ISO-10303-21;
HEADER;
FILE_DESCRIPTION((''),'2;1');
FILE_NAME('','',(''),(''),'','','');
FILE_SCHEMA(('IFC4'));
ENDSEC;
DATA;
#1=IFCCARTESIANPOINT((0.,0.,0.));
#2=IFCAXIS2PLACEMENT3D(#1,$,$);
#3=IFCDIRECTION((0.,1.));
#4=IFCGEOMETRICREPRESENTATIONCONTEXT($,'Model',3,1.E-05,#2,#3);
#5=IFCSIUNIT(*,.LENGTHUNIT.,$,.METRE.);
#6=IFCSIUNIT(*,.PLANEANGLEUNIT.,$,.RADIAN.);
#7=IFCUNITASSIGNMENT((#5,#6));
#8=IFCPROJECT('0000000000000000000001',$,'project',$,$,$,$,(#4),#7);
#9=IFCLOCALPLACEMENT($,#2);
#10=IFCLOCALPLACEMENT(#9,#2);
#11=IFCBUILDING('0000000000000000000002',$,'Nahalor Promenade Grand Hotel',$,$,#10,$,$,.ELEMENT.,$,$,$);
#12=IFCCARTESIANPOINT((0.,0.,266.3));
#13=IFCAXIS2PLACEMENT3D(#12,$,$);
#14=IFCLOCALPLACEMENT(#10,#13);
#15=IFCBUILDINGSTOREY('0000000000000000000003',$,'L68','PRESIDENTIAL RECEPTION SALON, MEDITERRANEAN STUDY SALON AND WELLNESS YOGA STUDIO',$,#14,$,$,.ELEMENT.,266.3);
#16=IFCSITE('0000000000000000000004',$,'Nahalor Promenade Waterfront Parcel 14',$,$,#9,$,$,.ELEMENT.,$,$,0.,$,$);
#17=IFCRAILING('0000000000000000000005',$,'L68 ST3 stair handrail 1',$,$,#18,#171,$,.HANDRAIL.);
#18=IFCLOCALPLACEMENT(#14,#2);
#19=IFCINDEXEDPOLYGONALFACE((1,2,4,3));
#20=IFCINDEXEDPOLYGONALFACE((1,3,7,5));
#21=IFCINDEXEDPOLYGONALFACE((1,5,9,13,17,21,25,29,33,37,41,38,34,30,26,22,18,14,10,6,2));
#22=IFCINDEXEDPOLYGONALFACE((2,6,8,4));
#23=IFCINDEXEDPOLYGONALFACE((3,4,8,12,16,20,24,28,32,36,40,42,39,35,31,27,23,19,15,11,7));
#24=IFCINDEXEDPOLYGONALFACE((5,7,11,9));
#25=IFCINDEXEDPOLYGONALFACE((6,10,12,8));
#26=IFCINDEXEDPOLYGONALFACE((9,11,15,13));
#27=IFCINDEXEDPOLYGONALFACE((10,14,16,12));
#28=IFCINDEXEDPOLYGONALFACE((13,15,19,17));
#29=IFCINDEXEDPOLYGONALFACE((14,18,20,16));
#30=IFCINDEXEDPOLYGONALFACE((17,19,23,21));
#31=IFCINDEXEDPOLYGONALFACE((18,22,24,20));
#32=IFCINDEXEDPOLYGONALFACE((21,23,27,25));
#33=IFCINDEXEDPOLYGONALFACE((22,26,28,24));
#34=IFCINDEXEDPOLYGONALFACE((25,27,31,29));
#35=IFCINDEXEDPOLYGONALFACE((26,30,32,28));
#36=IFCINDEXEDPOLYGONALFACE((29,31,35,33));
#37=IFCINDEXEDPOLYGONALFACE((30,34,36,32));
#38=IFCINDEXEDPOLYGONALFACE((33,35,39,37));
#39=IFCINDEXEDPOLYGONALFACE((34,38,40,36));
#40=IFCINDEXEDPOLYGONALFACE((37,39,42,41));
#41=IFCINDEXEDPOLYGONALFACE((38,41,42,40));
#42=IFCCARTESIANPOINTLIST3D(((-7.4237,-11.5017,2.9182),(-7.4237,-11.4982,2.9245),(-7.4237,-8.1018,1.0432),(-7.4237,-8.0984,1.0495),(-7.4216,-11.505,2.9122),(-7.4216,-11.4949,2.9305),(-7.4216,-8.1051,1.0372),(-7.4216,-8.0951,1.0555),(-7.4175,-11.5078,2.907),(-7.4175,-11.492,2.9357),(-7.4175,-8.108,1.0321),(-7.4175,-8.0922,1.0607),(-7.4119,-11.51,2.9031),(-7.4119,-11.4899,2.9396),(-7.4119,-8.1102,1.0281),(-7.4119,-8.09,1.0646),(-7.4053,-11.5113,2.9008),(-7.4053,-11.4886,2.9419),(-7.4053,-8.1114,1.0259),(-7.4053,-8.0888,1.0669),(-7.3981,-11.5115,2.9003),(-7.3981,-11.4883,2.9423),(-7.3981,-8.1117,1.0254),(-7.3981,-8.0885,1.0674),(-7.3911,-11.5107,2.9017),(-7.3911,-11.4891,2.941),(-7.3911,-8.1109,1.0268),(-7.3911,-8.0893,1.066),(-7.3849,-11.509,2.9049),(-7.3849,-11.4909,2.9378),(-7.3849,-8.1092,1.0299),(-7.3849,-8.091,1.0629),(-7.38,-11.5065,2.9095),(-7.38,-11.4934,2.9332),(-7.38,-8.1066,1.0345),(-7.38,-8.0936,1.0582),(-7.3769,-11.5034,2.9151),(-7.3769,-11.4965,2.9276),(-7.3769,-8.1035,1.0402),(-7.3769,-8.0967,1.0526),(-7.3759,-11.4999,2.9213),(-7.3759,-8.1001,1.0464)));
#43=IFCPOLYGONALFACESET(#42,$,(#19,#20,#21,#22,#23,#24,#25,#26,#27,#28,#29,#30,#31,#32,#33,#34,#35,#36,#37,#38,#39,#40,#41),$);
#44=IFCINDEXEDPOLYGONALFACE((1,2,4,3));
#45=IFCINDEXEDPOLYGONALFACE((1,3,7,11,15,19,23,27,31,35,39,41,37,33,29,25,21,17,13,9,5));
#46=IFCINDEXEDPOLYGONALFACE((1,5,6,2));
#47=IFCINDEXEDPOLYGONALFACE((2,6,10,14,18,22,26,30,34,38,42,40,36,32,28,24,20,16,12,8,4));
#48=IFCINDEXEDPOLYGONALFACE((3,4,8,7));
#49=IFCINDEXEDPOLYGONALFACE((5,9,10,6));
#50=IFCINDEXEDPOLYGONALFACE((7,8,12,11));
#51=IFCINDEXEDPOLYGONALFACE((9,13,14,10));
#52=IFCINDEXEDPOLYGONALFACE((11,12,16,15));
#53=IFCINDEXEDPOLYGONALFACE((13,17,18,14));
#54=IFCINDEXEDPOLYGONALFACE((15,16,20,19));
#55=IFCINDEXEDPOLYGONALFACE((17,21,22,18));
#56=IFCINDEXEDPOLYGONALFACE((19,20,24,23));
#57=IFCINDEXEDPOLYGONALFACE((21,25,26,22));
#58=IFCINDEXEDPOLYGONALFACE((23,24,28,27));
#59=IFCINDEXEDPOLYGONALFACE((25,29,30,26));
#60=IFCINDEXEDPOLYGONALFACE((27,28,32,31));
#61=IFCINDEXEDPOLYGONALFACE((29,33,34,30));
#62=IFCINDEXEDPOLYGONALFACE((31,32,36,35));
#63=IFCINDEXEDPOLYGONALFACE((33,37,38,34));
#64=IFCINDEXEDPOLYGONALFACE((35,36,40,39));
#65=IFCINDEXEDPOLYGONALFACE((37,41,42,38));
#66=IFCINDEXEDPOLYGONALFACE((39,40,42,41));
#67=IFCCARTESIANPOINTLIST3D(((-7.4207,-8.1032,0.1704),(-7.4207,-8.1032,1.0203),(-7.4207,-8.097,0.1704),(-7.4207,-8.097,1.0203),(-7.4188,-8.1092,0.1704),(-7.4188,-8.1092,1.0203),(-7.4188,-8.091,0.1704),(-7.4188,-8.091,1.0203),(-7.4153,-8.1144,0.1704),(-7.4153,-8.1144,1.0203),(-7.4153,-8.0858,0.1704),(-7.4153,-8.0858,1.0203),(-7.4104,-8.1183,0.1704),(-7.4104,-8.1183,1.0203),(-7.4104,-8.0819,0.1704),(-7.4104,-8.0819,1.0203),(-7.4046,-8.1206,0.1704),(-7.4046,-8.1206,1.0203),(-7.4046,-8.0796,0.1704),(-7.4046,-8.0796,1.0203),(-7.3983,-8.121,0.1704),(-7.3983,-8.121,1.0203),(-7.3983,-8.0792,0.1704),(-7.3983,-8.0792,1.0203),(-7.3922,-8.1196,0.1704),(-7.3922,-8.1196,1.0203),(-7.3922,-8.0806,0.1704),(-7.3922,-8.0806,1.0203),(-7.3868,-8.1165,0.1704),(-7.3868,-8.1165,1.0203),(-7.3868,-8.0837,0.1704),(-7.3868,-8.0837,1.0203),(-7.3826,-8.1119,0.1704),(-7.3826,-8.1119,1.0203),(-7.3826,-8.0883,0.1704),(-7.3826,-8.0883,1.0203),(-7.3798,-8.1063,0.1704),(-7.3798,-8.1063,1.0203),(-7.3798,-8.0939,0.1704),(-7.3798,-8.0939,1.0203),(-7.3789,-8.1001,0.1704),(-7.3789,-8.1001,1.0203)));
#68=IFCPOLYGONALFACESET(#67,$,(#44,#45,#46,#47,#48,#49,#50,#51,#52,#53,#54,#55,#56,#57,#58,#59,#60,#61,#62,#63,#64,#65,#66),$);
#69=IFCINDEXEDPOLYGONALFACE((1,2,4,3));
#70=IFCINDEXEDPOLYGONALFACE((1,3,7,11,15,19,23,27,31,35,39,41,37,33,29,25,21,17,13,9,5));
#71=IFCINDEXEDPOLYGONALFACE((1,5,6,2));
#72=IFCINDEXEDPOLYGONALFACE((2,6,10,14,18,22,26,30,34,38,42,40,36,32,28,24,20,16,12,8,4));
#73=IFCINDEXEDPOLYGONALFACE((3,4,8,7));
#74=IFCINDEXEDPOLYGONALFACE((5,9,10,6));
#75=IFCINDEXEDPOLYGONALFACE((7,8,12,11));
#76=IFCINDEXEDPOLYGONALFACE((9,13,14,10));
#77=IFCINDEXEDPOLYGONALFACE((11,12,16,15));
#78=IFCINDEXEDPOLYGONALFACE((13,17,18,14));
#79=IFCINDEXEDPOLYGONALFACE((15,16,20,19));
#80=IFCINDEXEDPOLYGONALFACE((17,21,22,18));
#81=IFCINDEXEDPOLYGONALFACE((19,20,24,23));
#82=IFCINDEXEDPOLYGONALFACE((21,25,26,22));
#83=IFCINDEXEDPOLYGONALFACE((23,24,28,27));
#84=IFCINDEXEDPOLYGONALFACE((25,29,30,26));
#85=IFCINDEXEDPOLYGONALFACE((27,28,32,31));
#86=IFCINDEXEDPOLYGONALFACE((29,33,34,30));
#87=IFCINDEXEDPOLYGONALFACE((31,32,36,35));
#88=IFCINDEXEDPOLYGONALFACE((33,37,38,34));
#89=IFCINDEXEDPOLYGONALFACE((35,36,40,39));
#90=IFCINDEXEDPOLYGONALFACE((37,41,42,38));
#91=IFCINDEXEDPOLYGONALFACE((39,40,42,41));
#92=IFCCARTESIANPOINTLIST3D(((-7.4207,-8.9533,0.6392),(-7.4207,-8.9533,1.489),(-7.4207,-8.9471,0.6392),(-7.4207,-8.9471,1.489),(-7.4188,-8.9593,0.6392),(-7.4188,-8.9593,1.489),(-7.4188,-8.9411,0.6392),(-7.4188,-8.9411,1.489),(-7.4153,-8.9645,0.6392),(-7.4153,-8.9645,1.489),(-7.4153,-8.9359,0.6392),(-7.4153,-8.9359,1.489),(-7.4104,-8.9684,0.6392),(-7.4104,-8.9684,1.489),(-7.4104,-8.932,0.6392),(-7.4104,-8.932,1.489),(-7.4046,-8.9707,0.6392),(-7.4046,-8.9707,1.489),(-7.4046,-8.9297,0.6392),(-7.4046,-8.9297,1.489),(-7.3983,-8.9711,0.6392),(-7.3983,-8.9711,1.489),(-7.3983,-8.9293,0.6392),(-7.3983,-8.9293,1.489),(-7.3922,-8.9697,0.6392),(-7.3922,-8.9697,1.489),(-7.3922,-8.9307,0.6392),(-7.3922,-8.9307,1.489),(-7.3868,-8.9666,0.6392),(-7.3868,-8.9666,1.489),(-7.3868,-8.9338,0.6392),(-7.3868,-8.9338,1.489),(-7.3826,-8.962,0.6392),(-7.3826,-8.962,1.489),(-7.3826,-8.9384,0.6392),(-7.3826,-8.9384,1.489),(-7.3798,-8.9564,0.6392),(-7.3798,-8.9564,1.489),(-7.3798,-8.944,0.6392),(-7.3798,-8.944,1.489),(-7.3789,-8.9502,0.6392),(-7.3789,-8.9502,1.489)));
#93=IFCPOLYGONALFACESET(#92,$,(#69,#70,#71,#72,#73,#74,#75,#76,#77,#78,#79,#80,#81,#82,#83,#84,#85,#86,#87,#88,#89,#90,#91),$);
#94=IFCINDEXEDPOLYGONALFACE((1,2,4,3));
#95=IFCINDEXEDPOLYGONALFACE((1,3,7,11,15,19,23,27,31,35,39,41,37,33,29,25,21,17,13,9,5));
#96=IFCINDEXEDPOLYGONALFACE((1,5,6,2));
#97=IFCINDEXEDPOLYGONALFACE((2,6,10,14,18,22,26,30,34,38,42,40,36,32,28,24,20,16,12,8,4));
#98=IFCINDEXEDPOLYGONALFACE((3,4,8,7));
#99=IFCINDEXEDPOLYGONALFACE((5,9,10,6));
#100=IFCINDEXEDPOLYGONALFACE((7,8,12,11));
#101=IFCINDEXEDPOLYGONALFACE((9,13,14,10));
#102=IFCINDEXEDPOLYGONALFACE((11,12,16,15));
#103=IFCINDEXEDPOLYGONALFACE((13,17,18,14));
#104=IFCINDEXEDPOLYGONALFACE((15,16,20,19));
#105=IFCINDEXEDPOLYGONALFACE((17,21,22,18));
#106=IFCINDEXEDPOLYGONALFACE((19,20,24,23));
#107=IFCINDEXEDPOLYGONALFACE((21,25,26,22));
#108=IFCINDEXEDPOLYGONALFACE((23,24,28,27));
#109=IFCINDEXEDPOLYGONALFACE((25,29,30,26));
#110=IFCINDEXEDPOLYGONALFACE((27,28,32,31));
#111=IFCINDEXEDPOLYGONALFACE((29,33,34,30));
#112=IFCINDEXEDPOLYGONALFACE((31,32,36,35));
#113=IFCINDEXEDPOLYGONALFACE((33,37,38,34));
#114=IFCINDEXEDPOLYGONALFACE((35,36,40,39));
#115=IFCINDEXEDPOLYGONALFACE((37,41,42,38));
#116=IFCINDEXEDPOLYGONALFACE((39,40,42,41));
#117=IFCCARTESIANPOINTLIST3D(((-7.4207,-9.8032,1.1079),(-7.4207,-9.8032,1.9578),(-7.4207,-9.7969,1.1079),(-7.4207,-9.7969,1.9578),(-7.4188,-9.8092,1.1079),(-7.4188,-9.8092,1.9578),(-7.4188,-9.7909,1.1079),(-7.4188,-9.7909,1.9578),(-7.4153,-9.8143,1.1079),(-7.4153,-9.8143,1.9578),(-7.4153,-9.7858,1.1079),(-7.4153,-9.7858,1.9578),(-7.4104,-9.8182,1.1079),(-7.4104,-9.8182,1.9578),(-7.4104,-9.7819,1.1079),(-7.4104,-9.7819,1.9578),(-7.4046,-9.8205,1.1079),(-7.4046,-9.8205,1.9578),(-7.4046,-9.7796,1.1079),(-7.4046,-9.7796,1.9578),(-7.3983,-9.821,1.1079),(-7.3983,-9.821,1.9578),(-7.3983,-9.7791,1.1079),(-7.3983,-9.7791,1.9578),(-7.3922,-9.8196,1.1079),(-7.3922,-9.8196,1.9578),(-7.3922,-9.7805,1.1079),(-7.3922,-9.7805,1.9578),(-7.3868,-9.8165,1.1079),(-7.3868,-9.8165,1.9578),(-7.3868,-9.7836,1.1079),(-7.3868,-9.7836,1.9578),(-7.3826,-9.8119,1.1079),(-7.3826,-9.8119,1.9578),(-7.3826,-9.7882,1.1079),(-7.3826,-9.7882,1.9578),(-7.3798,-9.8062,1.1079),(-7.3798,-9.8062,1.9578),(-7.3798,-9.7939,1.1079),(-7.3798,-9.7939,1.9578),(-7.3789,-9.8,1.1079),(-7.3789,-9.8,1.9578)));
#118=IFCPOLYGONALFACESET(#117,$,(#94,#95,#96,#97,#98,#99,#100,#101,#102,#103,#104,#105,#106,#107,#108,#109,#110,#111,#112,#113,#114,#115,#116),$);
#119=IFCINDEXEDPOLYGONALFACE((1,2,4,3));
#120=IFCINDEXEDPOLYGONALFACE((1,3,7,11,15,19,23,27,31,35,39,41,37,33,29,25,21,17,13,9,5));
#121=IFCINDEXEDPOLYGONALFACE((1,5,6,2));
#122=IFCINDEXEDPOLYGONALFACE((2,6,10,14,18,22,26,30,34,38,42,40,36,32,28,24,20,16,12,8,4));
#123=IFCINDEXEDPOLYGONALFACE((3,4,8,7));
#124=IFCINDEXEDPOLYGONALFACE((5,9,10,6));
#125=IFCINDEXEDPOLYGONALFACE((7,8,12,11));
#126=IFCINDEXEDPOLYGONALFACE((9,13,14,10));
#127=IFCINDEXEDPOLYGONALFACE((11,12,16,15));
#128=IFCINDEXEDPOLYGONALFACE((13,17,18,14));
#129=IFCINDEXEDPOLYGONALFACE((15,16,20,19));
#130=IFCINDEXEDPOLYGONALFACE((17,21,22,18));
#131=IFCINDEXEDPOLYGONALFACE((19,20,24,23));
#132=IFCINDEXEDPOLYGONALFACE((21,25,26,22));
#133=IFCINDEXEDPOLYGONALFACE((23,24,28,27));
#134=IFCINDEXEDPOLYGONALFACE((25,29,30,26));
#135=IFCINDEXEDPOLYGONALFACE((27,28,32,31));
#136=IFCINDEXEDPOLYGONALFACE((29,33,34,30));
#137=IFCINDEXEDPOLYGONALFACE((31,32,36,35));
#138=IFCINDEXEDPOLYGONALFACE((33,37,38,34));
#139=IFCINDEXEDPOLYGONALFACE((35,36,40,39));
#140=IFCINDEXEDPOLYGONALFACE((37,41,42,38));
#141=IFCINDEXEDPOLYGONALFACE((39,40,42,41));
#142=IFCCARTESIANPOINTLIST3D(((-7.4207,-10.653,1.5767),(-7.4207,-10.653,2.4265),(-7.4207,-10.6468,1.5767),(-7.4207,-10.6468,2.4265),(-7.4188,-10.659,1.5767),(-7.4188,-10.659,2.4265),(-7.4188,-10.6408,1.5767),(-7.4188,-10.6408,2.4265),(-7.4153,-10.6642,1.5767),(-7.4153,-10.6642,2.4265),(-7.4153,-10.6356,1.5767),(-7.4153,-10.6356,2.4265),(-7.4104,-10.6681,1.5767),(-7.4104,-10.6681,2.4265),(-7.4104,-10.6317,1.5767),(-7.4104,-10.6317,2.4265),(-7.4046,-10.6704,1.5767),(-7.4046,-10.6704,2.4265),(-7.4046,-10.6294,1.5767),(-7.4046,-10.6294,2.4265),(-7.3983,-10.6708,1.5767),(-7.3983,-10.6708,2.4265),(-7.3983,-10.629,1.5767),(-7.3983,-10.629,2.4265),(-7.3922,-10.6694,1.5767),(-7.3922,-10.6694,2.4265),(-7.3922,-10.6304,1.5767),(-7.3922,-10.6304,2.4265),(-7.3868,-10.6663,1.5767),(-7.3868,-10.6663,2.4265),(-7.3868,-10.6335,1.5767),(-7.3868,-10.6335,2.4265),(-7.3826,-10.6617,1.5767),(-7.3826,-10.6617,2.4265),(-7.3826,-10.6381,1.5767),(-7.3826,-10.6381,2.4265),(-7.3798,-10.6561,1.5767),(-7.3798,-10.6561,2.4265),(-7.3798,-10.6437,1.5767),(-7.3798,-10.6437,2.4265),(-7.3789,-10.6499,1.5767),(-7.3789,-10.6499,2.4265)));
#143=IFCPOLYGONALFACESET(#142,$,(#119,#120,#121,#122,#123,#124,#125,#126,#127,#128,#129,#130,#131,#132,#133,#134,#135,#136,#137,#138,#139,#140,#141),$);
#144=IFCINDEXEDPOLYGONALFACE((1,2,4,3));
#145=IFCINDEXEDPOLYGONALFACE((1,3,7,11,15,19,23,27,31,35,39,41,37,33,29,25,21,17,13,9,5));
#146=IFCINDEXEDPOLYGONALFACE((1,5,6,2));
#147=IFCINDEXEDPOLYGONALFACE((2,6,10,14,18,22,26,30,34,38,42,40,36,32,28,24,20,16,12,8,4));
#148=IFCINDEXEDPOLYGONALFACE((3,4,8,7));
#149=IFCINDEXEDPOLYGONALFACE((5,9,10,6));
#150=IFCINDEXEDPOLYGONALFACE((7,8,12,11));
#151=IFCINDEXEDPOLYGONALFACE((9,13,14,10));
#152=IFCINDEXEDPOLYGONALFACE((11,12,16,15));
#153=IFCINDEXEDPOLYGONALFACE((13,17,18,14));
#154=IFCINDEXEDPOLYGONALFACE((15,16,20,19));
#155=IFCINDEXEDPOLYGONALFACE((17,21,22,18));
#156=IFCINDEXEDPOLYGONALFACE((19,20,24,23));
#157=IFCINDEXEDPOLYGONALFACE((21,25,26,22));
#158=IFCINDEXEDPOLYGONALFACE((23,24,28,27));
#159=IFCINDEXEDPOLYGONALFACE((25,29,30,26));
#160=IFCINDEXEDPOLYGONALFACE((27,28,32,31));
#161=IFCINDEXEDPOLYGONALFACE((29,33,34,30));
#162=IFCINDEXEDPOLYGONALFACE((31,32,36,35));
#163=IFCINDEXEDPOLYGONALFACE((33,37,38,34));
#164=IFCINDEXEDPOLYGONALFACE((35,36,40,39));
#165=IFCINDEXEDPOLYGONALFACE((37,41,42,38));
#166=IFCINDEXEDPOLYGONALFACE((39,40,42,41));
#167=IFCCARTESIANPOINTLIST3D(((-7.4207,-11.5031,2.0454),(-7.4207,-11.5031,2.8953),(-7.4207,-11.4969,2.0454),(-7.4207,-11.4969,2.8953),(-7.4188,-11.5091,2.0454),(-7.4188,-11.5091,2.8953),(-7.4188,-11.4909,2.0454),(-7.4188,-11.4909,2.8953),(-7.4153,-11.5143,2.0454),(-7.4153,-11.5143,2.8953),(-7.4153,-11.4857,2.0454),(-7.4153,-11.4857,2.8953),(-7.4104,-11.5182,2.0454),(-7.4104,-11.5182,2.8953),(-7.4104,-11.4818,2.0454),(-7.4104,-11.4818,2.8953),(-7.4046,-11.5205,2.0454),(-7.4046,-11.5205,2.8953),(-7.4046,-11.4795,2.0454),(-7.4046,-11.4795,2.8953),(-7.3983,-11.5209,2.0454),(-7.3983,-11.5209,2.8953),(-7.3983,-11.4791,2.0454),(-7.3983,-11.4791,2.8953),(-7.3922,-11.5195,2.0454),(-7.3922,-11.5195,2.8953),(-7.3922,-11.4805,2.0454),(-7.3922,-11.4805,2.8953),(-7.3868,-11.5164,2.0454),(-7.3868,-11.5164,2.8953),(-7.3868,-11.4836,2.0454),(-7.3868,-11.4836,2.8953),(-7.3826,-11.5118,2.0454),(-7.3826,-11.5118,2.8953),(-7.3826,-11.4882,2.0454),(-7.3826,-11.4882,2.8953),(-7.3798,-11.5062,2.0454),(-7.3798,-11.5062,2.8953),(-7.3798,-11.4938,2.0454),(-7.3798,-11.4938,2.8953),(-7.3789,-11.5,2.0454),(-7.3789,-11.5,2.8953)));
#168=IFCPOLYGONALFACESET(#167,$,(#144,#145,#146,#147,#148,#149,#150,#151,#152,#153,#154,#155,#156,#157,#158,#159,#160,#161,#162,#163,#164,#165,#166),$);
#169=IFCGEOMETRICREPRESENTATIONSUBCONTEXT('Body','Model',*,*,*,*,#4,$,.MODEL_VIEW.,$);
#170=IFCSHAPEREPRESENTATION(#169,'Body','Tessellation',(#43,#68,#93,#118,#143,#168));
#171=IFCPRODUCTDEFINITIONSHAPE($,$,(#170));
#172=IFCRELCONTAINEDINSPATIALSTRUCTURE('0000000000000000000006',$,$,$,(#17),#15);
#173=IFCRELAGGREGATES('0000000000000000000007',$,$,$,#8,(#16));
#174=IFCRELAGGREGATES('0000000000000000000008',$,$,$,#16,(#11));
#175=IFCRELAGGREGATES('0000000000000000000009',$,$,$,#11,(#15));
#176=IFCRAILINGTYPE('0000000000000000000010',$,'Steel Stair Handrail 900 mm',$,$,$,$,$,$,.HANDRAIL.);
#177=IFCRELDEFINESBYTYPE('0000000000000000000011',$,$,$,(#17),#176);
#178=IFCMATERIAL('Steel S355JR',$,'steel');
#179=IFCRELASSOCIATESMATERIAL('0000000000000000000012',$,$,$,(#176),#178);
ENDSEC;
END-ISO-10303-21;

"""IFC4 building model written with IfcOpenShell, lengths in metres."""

from ifc_helpers import new_model, si_unit, direction, frame, origin, origin_2d, place, context, subcontext, project, spatial, circle, extrude, material, type_object, element, save


model = new_model("IFC4")

# Units and contexts
model_context = context("Model", 3, precision=1e-05, world=origin(), true_north=direction((0.0, 1.0)))
body_context = subcontext(model_context, "Body", "Model", "MODEL_VIEW")
ifc_project = project(units=[si_unit("LENGTHUNIT", "METRE"), si_unit("PLANEANGLEUNIT", "RADIAN")], contexts=[model_context])

# Site, building, storey
site_placement = place(None, origin())
site = spatial("IfcSite", under=ifc_project, at=site_placement, Name="Nahalor Promenade Waterfront Parcel 14", CompositionType="ELEMENT", RefElevation=0.0)
building_placement = place(site_placement, origin())
building = spatial("IfcBuilding", under=site, at=building_placement, Name="Nahalor Promenade Grand Hotel", CompositionType="ELEMENT")
storey_placement = place(building_placement, frame((0.0, 0.0, 266.3)))
storey = spatial("IfcBuildingStorey", under=building, at=storey_placement, Name="L68", Description="PRESIDENTIAL RECEPTION SALON, MEDITERRANEAN STUDY SALON AND WELLNESS YOGA STUDIO", CompositionType="ELEMENT", Elevation=266.3)

# Shared definitions
ifc_material_1 = material(Name="Steel S355JR", Category="steel")

# Railing
railing_type_1 = type_object("IfcRailingType", Name="Steel Stair Handrail 900 mm", PredefinedType="HANDRAIL", material=ifc_material_1)
railing_1_placement = place(storey_placement, frame((-7.3999, -8.1001, 0.1704)))
element("IfcRailing", 1, at=railing_1_placement, inside=storey, type_object=railing_type_1, Name="L68 ST3 stair handrail 1", PredefinedType="HANDRAIL", context=body_context, shape_type="SweptSolid", body=[
    extrude(circle(Radius=0.024, at=origin_2d()), frame((0.0, 0.0, 0.876), z_axis=(0.0, -0.875666, 0.482918), x_axis=(1.0, 0.0, 0.0)), (0.0, 0.0, 1.0), 3.8826),
    extrude(circle(Radius=0.021, at=origin_2d()), origin(), (0.0, 0.0, 1.0), 0.8499),
    extrude(circle(Radius=0.021, at=origin_2d()), frame((0.0, -0.8501, 0.4688)), (0.0, 0.0, 1.0), 0.8499),
    extrude(circle(Radius=0.021, at=origin_2d()), frame((0.0, -1.7, 0.9375)), (0.0, 0.0, 1.0), 0.8499),
    extrude(circle(Radius=0.021, at=origin_2d()), frame((0.0, -2.5498, 1.4062)), (0.0, 0.0, 1.0), 0.8499),
    extrude(circle(Radius=0.021, at=origin_2d()), frame((0.0, -3.3999, 1.875)), (0.0, 0.0, 1.0), 0.8499),
])

save(model, "model.ifc")
